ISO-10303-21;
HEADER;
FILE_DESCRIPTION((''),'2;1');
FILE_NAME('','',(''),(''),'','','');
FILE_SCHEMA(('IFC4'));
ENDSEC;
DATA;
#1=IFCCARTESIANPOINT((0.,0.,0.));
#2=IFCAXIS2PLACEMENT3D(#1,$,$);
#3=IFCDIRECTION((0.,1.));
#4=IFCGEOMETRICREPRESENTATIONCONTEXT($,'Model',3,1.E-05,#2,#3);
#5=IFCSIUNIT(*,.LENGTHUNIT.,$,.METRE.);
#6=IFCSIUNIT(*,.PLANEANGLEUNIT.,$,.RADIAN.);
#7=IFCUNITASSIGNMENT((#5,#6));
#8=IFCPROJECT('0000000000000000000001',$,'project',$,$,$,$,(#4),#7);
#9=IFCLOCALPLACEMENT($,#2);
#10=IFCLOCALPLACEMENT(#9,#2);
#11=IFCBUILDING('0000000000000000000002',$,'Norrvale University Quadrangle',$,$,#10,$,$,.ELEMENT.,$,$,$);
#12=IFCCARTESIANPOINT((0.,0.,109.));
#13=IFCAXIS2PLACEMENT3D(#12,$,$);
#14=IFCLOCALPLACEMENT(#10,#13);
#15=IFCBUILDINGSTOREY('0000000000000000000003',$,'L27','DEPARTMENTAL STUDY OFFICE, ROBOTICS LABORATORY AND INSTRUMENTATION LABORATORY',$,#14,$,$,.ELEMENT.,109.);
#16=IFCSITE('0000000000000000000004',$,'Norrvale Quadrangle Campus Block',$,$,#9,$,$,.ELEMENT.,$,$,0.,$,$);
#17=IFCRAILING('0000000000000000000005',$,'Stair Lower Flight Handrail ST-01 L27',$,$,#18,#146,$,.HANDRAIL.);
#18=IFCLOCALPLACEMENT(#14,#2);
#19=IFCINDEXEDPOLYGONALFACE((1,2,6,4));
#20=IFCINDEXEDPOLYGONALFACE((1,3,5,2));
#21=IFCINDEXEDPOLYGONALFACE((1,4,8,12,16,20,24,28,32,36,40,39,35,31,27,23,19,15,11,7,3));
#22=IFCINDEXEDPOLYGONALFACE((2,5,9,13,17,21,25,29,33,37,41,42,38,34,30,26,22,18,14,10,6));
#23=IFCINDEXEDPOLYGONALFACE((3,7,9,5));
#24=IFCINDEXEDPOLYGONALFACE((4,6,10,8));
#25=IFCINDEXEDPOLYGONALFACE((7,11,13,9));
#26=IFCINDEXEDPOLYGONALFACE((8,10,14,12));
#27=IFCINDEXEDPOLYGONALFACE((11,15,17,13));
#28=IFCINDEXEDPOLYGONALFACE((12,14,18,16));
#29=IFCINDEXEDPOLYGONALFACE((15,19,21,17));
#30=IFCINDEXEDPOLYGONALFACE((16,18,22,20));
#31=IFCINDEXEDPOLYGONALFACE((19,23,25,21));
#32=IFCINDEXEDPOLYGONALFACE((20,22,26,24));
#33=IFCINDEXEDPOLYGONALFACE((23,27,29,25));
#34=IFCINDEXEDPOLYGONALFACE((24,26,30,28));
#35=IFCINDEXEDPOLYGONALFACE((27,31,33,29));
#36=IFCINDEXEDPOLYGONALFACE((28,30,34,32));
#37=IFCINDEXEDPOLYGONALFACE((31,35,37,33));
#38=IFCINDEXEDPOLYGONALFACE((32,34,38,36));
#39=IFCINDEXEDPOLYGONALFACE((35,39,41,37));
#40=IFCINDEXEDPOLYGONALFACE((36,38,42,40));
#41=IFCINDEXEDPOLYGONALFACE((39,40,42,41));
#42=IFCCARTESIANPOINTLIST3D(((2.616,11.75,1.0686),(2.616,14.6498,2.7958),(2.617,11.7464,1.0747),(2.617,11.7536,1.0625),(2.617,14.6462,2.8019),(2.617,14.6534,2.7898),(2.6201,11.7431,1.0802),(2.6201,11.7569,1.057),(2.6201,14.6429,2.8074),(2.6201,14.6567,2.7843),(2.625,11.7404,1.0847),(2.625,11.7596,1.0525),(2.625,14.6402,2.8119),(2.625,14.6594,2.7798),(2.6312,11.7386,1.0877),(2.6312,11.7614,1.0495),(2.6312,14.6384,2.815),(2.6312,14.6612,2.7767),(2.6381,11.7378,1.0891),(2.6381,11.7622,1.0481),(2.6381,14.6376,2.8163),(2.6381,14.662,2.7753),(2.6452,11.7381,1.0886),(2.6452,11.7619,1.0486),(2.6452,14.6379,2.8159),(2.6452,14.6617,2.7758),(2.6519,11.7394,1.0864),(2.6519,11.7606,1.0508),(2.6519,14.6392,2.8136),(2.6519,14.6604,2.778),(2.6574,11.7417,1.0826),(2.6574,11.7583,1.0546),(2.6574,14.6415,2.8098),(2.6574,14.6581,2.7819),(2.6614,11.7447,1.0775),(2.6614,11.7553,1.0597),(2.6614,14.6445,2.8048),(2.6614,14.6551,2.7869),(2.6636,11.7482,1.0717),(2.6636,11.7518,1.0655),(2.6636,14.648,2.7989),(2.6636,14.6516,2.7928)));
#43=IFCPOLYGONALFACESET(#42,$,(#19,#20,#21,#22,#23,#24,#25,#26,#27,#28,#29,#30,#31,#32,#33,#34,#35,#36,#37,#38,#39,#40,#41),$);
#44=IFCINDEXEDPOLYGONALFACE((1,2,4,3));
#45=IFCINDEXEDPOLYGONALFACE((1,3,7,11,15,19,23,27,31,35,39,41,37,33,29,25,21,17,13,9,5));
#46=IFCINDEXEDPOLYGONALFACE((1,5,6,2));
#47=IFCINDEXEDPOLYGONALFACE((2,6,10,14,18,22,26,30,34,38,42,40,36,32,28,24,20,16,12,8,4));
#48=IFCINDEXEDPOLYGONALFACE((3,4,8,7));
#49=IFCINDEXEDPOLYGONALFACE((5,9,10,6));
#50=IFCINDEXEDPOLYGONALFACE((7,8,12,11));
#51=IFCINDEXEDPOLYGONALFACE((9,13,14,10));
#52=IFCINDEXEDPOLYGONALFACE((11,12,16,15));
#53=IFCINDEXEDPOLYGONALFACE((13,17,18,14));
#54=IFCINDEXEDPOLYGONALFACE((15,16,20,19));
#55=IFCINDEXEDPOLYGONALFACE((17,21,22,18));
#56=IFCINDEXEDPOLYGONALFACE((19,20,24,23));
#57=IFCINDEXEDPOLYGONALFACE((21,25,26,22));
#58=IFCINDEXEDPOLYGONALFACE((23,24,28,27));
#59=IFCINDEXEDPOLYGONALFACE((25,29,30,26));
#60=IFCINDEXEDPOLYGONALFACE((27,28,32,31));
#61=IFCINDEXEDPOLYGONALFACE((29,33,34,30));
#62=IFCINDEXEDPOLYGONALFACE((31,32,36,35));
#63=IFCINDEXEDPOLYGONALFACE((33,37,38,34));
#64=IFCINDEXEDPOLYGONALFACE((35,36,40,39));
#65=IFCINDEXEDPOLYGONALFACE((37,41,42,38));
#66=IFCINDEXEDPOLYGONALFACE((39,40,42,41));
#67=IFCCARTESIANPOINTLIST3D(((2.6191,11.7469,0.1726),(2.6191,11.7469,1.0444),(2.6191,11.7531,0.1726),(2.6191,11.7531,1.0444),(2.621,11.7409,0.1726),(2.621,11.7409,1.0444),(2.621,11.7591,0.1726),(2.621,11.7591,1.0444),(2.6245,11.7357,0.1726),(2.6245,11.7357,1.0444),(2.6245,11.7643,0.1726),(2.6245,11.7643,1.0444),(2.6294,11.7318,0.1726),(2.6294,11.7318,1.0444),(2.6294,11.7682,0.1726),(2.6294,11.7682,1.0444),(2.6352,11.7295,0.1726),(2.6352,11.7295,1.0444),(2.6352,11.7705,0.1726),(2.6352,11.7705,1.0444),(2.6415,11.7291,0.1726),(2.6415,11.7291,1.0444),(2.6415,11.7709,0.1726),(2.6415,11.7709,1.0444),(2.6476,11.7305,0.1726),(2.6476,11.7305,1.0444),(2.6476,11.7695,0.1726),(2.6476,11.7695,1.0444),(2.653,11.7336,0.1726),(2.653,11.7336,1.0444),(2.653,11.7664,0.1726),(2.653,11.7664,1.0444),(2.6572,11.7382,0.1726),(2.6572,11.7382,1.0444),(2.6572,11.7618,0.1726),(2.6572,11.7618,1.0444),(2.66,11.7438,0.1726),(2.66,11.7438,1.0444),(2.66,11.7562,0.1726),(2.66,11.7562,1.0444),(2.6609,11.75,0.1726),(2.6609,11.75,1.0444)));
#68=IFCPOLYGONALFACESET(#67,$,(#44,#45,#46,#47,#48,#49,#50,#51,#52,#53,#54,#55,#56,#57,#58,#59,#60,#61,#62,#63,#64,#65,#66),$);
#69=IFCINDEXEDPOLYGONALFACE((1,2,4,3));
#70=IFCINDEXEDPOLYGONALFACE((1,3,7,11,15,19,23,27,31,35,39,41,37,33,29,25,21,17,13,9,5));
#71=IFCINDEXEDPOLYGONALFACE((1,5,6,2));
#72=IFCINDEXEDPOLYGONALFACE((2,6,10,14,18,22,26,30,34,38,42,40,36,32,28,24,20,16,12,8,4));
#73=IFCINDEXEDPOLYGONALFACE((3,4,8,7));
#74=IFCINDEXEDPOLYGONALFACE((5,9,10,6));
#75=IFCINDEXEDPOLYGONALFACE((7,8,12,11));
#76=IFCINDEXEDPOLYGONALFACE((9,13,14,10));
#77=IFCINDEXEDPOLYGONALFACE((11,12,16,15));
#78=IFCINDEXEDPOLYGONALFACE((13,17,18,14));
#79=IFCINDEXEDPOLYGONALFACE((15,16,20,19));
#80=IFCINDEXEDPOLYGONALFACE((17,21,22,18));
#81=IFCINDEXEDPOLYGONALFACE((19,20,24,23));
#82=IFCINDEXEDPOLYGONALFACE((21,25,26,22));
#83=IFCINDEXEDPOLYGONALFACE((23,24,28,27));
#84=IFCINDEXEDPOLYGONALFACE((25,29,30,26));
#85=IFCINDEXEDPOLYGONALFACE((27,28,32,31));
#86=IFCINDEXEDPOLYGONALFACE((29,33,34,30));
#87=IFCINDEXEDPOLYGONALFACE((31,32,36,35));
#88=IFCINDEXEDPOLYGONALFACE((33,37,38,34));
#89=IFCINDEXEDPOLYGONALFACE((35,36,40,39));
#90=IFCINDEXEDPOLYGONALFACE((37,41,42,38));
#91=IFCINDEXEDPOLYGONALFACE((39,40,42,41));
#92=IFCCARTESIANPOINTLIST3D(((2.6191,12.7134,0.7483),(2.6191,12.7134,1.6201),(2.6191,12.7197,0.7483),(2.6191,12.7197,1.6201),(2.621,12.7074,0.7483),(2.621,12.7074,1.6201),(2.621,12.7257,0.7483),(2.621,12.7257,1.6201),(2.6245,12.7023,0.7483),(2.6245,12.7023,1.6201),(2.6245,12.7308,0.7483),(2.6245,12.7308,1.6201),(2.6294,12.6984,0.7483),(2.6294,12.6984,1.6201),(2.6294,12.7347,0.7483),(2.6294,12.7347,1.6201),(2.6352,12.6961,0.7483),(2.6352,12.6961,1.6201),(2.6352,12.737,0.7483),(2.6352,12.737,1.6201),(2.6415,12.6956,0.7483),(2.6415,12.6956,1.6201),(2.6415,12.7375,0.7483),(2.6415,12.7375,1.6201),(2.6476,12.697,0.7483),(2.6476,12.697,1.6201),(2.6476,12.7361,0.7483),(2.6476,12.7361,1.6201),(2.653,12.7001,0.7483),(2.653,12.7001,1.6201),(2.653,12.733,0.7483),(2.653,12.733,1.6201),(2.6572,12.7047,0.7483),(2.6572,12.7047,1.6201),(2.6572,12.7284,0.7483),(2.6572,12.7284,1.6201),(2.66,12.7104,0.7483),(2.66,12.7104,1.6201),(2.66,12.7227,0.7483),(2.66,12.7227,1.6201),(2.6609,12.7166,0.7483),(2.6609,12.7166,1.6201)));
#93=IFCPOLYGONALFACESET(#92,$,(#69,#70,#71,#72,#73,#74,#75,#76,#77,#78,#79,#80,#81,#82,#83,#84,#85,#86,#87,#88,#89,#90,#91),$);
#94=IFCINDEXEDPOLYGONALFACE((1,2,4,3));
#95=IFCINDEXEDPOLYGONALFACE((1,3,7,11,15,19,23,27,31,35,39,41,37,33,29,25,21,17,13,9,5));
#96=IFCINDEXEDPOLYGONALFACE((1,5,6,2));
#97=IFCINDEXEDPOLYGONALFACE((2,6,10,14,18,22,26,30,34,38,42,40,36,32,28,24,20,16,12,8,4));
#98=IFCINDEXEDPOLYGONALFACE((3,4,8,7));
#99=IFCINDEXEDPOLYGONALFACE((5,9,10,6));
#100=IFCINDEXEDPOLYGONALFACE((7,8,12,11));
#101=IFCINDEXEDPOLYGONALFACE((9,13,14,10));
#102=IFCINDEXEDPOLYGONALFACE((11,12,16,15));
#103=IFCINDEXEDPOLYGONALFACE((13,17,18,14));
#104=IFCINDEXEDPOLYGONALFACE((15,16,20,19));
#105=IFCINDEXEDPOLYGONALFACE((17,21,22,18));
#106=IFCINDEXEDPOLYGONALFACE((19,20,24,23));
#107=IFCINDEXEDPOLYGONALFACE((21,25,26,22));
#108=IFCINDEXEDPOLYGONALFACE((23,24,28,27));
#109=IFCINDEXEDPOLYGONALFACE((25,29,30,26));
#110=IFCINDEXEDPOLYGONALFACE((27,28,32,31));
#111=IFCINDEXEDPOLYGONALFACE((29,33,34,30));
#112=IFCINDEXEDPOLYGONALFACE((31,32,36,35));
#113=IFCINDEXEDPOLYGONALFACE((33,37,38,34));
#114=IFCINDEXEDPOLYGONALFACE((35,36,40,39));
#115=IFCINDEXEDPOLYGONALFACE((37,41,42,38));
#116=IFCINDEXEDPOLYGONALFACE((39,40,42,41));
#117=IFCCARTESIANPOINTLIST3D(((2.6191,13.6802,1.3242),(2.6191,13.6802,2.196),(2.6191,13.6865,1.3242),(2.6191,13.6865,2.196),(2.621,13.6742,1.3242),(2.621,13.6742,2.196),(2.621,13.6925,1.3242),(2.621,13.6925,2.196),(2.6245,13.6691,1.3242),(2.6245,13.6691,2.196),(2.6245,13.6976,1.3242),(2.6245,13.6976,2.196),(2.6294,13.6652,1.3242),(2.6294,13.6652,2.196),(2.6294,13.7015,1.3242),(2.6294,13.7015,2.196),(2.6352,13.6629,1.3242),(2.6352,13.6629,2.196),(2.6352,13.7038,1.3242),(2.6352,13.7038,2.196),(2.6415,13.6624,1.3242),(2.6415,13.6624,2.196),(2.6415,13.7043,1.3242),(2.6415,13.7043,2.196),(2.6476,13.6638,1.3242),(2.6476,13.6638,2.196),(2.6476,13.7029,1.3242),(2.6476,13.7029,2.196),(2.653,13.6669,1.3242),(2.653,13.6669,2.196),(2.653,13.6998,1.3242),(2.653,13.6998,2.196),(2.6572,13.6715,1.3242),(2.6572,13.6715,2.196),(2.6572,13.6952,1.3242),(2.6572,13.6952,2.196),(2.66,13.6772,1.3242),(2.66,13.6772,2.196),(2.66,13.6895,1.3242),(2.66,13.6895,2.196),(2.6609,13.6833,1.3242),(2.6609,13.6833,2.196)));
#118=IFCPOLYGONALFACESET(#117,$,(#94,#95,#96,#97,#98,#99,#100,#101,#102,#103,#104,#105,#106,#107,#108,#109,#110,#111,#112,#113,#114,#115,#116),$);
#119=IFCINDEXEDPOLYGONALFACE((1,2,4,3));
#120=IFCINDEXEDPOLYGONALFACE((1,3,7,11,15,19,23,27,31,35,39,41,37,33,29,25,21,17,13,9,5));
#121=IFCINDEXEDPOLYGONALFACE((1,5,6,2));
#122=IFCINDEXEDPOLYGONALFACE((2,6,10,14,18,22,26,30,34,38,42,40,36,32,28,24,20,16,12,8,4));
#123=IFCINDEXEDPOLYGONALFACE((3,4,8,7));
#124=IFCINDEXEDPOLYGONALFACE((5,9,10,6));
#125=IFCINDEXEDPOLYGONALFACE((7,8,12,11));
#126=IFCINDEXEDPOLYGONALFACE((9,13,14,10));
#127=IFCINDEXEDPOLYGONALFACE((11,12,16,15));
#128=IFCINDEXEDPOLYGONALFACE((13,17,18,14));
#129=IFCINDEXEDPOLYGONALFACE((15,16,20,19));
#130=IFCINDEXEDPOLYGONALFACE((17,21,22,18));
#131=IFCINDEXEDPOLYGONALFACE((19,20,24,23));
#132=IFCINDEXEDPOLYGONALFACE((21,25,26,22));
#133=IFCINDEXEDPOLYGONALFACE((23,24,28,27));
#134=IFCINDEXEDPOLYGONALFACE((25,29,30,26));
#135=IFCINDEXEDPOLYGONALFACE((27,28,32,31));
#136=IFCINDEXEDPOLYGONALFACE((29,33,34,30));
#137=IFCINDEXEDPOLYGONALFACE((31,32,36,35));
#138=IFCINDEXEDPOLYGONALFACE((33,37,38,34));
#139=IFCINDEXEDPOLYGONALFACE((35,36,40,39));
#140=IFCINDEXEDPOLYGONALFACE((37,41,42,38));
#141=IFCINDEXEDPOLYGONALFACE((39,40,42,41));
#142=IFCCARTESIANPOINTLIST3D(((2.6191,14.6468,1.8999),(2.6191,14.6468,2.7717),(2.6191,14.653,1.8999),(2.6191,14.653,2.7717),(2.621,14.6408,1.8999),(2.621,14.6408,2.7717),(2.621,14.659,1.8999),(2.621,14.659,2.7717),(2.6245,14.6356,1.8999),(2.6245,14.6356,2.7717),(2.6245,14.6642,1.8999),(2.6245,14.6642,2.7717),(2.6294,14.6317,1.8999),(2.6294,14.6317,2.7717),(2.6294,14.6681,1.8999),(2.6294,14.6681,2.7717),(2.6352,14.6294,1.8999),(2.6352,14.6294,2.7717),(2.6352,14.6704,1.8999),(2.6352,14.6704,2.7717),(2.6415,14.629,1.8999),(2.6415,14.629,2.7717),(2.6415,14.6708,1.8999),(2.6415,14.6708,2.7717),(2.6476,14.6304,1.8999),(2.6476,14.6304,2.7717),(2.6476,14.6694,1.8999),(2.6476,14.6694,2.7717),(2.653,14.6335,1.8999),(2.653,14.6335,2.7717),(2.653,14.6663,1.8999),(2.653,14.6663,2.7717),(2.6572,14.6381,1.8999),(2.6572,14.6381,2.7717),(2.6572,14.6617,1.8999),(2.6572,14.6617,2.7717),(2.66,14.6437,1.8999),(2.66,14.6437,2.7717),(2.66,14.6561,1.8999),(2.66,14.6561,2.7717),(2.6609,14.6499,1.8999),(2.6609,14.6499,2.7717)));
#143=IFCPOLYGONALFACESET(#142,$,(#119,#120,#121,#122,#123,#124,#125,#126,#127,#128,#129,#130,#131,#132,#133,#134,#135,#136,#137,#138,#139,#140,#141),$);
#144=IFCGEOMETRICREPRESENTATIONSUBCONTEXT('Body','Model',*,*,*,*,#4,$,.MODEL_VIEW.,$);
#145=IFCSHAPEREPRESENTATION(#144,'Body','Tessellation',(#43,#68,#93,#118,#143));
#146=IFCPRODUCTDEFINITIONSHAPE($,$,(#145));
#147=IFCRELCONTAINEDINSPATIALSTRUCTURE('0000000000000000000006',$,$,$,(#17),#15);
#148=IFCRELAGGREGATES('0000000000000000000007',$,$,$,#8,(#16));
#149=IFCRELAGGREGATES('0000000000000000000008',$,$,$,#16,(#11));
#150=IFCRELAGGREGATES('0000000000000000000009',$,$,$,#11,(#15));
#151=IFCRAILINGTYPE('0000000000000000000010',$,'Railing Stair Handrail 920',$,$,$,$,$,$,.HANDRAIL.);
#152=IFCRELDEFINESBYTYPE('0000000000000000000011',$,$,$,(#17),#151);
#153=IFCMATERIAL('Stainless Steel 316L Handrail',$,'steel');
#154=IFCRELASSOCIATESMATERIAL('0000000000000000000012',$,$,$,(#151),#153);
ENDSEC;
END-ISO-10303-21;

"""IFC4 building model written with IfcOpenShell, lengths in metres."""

from ifc_helpers import new_model, si_unit, direction, frame, origin, origin_2d, place, context, subcontext, project, spatial, circle, extrude, material, type_object, element, save


model = new_model("IFC4")

# Units and contexts
model_context = context("Model", 3, precision=1e-05, world=origin(), true_north=direction((0.0, 1.0)))
body_context = subcontext(model_context, "Body", "Model", "MODEL_VIEW")
ifc_project = project(units=[si_unit("LENGTHUNIT", "METRE"), si_unit("PLANEANGLEUNIT", "RADIAN")], contexts=[model_context])

# Site, building, storey
site_placement = place(None, origin())
site = spatial("IfcSite", under=ifc_project, at=site_placement, Name="Norrvale Quadrangle Campus Block", CompositionType="ELEMENT", RefElevation=0.0)
building_placement = place(site_placement, origin())
building = spatial("IfcBuilding", under=site, at=building_placement, Name="Norrvale University Quadrangle", CompositionType="ELEMENT")
storey_placement = place(building_placement, frame((0.0, 0.0, 109.0)))
storey = spatial("IfcBuildingStorey", under=building, at=storey_placement, Name="L27", Description="DEPARTMENTAL STUDY OFFICE, ROBOTICS LABORATORY AND INSTRUMENTATION LABORATORY", CompositionType="ELEMENT", Elevation=109.0)

# Railing
ifc_material_1 = material(Name="Stainless Steel 316L Handrail", Category="steel")
railing_type = type_object("IfcRailingType", Name="Railing Stair Handrail 920", PredefinedType="HANDRAIL", material=ifc_material_1)
railing_placement = place(storey_placement, frame((2.6399, 11.75, 0.1726)))
element("IfcRailing", 1, at=railing_placement, inside=storey, type_object=railing_type, Name="Stair Lower Flight Handrail ST-01 L27", PredefinedType="HANDRAIL", context=body_context, shape_type="SweptSolid", body=[
    extrude(circle(Radius=0.0239, at=origin_2d()), frame((0.0, 0.0, 0.896), z_axis=(0.0, 0.859141, 0.511738), x_axis=(-1.0, 0.0, 0.0)), (0.0, 0.0, 1.0), 3.3752),
    extrude(circle(Radius=0.021, at=origin_2d()), origin(), (0.0, 0.0, 1.0), 0.8718),
    extrude(circle(Radius=0.021, at=origin_2d()), frame((0.0, 0.9666, 0.5757)), (0.0, 0.0, 1.0), 0.8718),
    extrude(circle(Radius=0.021, at=origin_2d()), frame((0.0, 1.9333, 1.1516)), (0.0, 0.0, 1.0), 0.8718),
    extrude(circle(Radius=0.021, at=origin_2d()), frame((0.0, 2.8999, 1.7273)), (0.0, 0.0, 1.0), 0.8718),
])

save(model, "model.ifc")
